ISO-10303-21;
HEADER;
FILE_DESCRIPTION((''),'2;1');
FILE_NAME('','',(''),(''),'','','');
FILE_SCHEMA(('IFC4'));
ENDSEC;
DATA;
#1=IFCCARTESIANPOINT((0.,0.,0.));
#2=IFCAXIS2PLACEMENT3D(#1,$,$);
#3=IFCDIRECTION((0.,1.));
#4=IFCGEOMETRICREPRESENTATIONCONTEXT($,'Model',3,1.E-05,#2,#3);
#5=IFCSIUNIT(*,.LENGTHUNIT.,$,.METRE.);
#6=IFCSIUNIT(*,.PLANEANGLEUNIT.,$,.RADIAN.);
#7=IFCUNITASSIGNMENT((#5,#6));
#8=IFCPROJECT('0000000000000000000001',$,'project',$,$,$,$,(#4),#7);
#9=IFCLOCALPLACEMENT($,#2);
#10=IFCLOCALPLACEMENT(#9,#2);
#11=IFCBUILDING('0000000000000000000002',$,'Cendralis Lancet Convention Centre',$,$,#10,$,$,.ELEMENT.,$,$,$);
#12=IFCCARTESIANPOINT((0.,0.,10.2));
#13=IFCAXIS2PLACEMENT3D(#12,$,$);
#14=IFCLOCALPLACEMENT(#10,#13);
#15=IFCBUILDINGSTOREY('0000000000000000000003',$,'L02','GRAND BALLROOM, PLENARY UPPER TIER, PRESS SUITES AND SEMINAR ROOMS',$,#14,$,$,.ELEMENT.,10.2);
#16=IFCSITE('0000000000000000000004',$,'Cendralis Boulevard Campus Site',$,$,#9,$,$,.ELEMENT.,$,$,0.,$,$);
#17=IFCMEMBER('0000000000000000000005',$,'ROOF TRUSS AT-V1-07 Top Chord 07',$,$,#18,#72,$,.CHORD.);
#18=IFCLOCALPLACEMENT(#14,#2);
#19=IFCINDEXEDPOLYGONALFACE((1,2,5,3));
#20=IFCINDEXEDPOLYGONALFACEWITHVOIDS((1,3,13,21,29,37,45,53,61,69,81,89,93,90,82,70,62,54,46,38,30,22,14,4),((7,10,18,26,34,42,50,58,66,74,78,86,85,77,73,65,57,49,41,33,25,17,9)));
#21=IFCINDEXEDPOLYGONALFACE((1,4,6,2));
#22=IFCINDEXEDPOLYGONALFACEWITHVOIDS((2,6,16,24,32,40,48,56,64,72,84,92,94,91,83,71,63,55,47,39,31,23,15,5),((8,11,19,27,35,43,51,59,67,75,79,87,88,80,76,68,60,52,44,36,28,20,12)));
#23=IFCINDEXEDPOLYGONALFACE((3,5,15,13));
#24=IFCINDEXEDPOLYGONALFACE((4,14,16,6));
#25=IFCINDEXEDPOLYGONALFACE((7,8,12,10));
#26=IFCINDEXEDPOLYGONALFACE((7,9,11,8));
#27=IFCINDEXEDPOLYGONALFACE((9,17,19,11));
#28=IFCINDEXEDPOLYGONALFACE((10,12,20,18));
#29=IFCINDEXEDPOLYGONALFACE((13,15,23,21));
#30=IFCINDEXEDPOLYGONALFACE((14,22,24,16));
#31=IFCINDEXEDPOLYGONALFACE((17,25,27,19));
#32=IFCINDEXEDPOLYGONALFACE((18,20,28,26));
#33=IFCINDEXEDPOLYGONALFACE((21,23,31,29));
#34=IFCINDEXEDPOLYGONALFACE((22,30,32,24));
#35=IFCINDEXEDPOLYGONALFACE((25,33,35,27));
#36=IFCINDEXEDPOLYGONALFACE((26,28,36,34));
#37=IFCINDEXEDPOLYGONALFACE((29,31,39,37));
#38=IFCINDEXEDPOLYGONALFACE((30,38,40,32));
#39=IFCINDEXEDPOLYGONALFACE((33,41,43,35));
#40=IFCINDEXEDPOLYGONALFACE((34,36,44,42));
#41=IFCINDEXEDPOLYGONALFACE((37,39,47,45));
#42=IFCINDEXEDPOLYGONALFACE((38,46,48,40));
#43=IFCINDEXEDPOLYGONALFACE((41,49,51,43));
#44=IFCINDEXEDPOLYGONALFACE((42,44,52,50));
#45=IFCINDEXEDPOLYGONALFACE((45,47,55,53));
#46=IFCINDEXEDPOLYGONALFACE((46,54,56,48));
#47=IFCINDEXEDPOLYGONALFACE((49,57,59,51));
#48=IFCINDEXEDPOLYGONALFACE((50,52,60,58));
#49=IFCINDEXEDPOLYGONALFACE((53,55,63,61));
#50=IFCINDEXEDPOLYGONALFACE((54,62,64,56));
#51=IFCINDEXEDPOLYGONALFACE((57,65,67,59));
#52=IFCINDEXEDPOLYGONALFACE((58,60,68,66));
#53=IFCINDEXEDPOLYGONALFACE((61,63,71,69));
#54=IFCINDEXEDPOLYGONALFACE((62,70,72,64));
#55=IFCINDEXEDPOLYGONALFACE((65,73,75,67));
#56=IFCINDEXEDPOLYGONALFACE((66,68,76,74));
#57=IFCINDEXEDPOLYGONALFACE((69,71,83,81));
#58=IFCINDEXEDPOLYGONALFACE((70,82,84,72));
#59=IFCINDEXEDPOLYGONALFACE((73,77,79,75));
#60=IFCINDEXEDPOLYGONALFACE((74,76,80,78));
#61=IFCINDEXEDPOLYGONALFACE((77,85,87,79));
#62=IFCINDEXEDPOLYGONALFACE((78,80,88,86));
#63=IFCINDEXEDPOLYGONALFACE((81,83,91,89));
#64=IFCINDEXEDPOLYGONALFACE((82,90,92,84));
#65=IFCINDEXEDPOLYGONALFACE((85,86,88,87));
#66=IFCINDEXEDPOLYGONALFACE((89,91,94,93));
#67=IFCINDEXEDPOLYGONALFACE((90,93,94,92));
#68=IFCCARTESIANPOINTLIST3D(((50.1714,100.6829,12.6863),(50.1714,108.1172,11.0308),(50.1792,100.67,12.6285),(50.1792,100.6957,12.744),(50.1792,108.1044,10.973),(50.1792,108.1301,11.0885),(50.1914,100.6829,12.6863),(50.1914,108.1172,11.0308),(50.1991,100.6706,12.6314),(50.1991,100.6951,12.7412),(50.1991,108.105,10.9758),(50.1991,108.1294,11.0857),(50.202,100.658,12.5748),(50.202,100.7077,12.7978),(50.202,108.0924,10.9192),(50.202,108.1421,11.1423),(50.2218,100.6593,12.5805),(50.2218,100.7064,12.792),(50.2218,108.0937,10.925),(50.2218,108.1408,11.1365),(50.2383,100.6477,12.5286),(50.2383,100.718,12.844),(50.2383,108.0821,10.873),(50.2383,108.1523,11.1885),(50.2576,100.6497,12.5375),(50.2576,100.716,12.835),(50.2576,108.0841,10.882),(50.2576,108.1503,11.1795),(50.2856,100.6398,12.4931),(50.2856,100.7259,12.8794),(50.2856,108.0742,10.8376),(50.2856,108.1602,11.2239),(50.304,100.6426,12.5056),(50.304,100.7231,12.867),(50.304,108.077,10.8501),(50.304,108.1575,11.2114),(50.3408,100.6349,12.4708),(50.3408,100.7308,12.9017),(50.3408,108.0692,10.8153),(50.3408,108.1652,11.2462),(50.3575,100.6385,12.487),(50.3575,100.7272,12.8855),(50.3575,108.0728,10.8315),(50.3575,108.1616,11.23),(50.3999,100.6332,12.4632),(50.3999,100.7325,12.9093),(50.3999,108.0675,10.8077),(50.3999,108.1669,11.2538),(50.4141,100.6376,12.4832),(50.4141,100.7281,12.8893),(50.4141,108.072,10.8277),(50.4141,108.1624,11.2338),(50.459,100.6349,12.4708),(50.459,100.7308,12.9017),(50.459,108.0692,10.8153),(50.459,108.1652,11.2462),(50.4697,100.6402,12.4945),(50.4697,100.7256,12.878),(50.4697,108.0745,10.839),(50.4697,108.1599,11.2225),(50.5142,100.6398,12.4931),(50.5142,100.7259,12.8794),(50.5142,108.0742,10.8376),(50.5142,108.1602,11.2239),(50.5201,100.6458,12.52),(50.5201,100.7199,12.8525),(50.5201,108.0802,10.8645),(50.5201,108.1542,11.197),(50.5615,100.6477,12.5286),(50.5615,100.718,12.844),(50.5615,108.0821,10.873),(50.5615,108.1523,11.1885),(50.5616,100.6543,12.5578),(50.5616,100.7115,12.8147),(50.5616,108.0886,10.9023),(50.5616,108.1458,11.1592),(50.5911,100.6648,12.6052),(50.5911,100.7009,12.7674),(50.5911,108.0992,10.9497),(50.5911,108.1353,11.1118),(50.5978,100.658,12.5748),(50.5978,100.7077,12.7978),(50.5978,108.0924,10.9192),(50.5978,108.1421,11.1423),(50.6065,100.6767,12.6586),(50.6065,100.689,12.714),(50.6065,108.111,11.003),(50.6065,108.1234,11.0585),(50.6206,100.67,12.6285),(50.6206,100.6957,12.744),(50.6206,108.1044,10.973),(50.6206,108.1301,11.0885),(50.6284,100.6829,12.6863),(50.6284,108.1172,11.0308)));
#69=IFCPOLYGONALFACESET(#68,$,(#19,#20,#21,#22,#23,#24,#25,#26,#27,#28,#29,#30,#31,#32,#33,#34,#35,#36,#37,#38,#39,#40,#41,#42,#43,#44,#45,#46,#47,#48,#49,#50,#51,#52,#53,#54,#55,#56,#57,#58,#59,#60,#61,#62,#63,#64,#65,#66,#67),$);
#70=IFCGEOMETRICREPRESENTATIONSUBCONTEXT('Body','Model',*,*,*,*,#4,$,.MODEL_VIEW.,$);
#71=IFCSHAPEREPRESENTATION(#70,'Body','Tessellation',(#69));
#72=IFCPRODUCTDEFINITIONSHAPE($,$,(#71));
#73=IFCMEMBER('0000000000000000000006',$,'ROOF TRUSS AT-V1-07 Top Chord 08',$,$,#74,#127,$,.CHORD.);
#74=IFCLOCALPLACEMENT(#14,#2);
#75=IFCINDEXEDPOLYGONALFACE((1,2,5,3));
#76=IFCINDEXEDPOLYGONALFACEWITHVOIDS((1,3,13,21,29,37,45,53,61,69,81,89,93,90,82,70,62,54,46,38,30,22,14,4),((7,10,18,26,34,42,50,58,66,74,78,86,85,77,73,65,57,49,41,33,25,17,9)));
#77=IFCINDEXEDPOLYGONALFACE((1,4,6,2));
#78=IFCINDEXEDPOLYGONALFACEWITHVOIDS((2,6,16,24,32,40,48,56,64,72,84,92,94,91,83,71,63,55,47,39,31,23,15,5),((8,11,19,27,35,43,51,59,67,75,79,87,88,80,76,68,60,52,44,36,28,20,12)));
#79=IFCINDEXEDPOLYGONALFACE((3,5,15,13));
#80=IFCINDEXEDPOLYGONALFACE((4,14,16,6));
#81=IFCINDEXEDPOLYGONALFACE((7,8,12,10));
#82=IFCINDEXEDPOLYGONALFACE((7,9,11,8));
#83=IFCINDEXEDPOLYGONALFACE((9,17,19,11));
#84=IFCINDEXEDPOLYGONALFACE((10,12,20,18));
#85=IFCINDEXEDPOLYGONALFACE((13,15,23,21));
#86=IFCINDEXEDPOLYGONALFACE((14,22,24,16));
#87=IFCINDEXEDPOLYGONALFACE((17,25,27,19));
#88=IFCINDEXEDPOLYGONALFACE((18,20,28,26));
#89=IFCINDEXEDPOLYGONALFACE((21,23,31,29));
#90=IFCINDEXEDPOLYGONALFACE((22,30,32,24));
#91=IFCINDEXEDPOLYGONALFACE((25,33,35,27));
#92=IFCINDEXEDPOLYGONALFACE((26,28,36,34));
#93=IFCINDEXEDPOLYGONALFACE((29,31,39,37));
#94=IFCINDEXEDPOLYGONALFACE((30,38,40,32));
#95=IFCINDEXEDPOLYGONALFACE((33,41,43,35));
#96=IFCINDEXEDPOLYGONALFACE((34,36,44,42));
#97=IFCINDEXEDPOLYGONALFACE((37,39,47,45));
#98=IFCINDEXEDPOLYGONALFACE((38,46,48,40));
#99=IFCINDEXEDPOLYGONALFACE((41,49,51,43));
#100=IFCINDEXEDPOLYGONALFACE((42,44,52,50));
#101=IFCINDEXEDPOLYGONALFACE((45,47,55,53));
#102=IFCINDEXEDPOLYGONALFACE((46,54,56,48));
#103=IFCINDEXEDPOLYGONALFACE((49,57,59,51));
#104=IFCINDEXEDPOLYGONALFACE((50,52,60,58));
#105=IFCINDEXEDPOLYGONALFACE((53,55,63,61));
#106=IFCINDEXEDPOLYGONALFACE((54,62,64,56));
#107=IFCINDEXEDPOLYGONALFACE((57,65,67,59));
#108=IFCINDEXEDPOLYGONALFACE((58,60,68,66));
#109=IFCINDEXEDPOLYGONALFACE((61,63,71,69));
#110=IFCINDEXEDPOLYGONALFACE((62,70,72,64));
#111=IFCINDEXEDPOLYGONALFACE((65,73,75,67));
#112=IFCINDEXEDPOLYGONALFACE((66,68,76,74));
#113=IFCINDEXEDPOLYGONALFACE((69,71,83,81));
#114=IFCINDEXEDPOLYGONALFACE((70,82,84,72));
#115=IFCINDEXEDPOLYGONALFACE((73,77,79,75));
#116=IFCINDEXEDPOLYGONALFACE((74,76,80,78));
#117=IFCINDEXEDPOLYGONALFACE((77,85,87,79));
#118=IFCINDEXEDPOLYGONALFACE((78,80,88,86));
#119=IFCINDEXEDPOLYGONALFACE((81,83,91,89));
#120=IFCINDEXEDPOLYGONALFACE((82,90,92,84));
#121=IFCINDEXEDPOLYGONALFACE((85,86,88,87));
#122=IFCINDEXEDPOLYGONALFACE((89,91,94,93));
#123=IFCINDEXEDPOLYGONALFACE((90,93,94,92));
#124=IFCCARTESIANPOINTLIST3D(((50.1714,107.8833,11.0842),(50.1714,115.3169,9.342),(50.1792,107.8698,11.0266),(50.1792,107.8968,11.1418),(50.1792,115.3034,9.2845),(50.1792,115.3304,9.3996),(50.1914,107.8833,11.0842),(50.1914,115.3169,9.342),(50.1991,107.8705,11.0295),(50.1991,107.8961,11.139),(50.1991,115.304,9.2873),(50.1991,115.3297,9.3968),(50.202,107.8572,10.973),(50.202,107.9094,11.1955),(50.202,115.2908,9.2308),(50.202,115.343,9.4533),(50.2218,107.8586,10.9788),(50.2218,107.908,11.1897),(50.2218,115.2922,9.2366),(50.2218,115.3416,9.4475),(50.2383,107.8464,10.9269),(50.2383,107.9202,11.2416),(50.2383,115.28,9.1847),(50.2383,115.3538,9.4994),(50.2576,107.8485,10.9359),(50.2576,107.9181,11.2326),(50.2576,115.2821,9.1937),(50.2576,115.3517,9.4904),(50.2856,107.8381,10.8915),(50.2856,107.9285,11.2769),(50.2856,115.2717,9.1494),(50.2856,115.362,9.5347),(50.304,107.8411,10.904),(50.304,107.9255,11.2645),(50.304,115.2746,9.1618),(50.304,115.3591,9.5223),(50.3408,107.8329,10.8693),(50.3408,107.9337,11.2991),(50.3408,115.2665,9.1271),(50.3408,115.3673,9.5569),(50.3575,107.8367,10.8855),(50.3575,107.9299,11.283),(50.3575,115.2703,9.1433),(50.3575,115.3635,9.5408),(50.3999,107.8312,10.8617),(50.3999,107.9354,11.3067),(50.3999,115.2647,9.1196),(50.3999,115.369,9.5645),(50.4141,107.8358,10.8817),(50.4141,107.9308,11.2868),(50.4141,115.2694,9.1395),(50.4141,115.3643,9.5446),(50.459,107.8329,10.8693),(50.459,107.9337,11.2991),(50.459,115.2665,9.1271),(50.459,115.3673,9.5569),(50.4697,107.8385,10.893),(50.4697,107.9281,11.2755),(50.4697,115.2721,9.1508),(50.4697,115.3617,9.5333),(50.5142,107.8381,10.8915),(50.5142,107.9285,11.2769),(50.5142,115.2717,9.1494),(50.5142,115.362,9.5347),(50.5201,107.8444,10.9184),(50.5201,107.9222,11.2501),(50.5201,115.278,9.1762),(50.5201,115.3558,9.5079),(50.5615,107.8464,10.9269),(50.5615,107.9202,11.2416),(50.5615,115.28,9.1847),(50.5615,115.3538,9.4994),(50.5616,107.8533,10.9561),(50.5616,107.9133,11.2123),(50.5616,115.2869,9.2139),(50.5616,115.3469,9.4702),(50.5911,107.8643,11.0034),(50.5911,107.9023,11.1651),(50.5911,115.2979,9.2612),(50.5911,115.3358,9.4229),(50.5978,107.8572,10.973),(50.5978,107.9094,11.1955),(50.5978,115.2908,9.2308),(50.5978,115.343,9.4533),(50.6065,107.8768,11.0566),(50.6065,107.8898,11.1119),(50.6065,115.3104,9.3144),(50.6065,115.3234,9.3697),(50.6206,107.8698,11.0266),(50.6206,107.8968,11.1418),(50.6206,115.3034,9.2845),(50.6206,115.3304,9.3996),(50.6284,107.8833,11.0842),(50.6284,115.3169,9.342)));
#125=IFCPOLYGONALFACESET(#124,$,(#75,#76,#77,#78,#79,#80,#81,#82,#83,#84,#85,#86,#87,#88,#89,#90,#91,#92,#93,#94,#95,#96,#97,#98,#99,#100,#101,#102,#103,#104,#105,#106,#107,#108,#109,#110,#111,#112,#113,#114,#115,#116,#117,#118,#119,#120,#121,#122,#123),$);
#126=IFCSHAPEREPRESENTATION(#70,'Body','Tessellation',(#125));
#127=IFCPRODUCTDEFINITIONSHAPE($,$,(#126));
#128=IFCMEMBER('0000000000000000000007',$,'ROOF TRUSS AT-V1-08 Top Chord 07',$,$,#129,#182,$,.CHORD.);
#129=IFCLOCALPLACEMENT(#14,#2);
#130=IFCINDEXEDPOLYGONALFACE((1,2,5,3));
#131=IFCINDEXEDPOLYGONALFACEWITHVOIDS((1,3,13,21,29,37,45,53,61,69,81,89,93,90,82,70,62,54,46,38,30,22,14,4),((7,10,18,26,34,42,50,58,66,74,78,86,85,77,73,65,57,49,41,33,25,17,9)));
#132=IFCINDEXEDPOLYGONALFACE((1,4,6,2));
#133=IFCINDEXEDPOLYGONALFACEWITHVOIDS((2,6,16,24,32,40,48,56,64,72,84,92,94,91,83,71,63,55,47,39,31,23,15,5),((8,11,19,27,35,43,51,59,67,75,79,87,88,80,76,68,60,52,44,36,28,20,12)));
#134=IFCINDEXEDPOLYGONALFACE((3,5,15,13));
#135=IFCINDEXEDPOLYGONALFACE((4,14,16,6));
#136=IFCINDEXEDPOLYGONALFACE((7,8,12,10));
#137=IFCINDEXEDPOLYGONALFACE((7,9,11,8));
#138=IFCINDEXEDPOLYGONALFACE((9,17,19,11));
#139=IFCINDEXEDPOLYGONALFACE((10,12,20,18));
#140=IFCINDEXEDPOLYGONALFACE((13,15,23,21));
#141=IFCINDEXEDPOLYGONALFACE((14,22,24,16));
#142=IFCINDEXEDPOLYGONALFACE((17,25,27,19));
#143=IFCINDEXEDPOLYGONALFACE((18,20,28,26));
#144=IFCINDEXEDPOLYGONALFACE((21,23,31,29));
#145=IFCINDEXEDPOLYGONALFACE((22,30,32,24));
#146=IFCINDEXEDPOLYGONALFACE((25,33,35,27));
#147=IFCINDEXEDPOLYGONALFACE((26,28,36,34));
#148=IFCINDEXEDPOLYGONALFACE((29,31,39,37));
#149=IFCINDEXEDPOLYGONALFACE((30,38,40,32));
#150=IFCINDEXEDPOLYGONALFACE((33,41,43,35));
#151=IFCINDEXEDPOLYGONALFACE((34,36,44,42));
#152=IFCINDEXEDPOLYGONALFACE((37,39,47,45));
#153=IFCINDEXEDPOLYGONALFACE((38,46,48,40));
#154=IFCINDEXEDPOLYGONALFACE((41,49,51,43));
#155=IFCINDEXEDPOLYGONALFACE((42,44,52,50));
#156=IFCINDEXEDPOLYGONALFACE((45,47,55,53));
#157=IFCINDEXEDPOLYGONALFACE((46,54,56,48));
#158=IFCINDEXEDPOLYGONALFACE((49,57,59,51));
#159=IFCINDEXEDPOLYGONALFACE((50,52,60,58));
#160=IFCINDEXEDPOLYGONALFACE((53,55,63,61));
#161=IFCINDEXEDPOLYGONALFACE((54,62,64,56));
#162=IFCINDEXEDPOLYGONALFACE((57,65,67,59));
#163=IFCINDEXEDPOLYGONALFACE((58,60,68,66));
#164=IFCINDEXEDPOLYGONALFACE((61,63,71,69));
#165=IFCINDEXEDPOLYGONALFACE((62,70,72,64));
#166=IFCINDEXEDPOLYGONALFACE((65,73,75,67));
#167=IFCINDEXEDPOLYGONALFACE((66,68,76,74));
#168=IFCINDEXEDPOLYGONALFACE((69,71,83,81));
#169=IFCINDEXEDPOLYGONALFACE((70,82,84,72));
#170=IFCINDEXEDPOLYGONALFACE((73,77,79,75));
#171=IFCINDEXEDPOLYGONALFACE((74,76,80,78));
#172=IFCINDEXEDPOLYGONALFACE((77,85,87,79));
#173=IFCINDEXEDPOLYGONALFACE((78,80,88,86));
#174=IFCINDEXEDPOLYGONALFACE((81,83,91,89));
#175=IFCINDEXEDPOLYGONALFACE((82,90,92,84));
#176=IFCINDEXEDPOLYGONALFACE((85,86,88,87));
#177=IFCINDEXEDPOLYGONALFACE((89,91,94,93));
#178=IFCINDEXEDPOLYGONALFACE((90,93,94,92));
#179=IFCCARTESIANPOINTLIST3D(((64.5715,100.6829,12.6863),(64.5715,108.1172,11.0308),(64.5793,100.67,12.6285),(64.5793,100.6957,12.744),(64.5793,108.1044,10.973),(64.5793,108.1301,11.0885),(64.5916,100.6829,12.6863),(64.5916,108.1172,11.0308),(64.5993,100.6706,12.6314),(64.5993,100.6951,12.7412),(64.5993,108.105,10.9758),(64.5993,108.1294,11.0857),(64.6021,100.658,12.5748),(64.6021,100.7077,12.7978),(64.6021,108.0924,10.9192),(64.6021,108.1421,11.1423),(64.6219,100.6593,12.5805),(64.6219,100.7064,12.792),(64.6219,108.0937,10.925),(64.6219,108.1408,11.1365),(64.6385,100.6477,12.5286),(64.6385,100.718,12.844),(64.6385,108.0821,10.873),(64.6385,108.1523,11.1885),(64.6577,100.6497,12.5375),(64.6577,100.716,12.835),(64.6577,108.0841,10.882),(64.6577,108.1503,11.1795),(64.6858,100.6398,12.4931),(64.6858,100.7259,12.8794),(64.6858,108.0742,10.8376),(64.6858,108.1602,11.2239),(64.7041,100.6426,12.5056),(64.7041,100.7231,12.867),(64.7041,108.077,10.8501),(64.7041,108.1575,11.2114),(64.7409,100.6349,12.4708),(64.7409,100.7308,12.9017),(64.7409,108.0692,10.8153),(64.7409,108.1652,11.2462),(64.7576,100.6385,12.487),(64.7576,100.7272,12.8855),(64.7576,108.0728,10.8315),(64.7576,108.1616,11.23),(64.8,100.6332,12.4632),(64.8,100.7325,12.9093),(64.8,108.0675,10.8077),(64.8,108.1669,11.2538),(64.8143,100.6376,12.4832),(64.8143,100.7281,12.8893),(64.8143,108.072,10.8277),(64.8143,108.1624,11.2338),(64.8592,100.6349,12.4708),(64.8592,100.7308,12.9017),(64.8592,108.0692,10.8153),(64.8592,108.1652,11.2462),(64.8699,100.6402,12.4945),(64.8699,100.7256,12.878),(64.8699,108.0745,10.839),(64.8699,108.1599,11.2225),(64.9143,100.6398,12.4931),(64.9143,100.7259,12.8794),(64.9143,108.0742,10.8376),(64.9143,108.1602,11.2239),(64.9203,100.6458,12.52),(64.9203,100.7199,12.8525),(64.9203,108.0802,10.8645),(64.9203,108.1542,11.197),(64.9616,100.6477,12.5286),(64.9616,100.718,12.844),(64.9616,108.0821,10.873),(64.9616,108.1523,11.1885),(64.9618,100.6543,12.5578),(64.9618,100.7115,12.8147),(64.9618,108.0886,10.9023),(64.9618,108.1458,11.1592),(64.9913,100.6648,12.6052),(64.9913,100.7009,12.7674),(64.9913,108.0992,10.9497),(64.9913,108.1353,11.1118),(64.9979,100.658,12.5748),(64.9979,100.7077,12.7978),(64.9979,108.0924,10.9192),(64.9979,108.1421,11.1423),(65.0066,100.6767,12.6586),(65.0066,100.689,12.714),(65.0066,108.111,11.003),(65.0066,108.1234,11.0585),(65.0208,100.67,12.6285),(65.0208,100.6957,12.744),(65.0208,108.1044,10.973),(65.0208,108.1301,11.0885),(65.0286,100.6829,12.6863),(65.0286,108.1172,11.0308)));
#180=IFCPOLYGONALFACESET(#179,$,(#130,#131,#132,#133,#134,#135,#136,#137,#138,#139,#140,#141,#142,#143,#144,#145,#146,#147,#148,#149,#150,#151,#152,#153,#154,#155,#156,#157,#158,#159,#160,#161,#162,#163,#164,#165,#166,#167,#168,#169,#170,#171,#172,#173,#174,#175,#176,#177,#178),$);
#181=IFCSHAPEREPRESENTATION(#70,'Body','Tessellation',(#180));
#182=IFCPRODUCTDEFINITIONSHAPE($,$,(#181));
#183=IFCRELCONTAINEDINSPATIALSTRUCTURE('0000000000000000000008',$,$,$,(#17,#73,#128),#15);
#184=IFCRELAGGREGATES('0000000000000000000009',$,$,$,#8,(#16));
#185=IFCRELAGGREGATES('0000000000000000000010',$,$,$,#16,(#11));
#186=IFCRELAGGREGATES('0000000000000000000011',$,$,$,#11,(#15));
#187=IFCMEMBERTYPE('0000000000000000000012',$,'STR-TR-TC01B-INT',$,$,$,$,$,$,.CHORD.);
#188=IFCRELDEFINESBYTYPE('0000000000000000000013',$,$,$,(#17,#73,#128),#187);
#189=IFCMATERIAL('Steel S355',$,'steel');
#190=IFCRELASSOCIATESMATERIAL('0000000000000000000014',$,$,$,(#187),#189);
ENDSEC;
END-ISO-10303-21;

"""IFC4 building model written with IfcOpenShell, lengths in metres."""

from ifc_helpers import new_model, si_unit, direction, frame, origin, origin_2d, place, context, subcontext, project, spatial, hollow_circle, extrude, material, material_profile, profile_set, type_object, element, save


model = new_model("IFC4")

# Units and contexts
model_context = context("Model", 3, precision=1e-05, world=origin(), true_north=direction((0.0, 1.0)))
body_context = subcontext(model_context, "Body", "Model", "MODEL_VIEW")
ifc_project = project(units=[si_unit("LENGTHUNIT", "METRE"), si_unit("PLANEANGLEUNIT", "RADIAN")], contexts=[model_context])

# Site, building, storey
site_placement = place(None, origin())
site = spatial("IfcSite", under=ifc_project, at=site_placement, Name="Cendralis Boulevard Campus Site", CompositionType="ELEMENT", RefElevation=0.0)
building_placement = place(site_placement, origin())
building = spatial("IfcBuilding", under=site, at=building_placement, Name="Cendralis Lancet Convention Centre", CompositionType="ELEMENT")
storey_placement = place(building_placement, frame((0.0, 0.0, 10.2)))
storey = spatial("IfcBuildingStorey", under=building, at=storey_placement, Name="L02", Description="GRAND BALLROOM, PLENARY UPPER TIER, PRESS SUITES AND SEMINAR ROOMS", CompositionType="ELEMENT", Elevation=10.2)

# Members
ifc_material = material(Name="Steel S355", Category="steel")
ifc_material_profile_1 = material_profile(ifc_material, hollow_circle(Radius=0.2285, WallThickness=0.02, at=origin_2d()), Name="CHS 457.0x20.0")
ifc_profile_set_1 = profile_set([ifc_material_profile_1], Name="Steel S355")
member_type_1 = type_object("IfcMemberType", Name="STR-TR-TC01B-INT", PredefinedType="CHORD", material=ifc_profile_set_1)
member_1_placement = place(storey_placement, frame((50.3999, 100.6829, 12.6863), z_axis=(0.0, 0.976091, -0.217361), x_axis=(-1.0, 0.0, 0.0)))
element("IfcMember", 1, at=member_1_placement, inside=storey, type_object=member_type_1, Name="ROOF TRUSS AT-V1-07 Top Chord 07", PredefinedType="CHORD", context=body_context, shape_type="SweptSolid", body=[
    extrude(hollow_circle(Radius=0.2285, WallThickness=0.02, at=origin_2d()), origin(), (0.0, 0.0, 1.0), 7.6165),
])
member_2_placement = place(storey_placement, frame((50.3999, 107.8833, 11.0842), z_axis=(0.0, 0.973618, -0.228184), x_axis=(-1.0, 0.0, 0.0)))
element("IfcMember", 2, at=member_2_placement, inside=storey, type_object=member_type_1, Name="ROOF TRUSS AT-V1-07 Top Chord 08", PredefinedType="CHORD", context=body_context, shape_type="SweptSolid", body=[
    extrude(hollow_circle(Radius=0.2285, WallThickness=0.02, at=origin_2d()), origin(), (0.0, 0.0, 1.0), 7.635),
])
member_3_placement = place(storey_placement, frame((64.8, 100.6829, 12.6863), z_axis=(0.0, 0.976091, -0.217361), x_axis=(-1.0, 0.0, 0.0)))
element("IfcMember", 3, at=member_3_placement, inside=storey, type_object=member_type_1, Name="ROOF TRUSS AT-V1-08 Top Chord 07", PredefinedType="CHORD", context=body_context, shape_type="SweptSolid", body=[
    extrude(hollow_circle(Radius=0.2285, WallThickness=0.02, at=origin_2d()), origin(), (0.0, 0.0, 1.0), 7.6165),
])

save(model, "model.ifc")
